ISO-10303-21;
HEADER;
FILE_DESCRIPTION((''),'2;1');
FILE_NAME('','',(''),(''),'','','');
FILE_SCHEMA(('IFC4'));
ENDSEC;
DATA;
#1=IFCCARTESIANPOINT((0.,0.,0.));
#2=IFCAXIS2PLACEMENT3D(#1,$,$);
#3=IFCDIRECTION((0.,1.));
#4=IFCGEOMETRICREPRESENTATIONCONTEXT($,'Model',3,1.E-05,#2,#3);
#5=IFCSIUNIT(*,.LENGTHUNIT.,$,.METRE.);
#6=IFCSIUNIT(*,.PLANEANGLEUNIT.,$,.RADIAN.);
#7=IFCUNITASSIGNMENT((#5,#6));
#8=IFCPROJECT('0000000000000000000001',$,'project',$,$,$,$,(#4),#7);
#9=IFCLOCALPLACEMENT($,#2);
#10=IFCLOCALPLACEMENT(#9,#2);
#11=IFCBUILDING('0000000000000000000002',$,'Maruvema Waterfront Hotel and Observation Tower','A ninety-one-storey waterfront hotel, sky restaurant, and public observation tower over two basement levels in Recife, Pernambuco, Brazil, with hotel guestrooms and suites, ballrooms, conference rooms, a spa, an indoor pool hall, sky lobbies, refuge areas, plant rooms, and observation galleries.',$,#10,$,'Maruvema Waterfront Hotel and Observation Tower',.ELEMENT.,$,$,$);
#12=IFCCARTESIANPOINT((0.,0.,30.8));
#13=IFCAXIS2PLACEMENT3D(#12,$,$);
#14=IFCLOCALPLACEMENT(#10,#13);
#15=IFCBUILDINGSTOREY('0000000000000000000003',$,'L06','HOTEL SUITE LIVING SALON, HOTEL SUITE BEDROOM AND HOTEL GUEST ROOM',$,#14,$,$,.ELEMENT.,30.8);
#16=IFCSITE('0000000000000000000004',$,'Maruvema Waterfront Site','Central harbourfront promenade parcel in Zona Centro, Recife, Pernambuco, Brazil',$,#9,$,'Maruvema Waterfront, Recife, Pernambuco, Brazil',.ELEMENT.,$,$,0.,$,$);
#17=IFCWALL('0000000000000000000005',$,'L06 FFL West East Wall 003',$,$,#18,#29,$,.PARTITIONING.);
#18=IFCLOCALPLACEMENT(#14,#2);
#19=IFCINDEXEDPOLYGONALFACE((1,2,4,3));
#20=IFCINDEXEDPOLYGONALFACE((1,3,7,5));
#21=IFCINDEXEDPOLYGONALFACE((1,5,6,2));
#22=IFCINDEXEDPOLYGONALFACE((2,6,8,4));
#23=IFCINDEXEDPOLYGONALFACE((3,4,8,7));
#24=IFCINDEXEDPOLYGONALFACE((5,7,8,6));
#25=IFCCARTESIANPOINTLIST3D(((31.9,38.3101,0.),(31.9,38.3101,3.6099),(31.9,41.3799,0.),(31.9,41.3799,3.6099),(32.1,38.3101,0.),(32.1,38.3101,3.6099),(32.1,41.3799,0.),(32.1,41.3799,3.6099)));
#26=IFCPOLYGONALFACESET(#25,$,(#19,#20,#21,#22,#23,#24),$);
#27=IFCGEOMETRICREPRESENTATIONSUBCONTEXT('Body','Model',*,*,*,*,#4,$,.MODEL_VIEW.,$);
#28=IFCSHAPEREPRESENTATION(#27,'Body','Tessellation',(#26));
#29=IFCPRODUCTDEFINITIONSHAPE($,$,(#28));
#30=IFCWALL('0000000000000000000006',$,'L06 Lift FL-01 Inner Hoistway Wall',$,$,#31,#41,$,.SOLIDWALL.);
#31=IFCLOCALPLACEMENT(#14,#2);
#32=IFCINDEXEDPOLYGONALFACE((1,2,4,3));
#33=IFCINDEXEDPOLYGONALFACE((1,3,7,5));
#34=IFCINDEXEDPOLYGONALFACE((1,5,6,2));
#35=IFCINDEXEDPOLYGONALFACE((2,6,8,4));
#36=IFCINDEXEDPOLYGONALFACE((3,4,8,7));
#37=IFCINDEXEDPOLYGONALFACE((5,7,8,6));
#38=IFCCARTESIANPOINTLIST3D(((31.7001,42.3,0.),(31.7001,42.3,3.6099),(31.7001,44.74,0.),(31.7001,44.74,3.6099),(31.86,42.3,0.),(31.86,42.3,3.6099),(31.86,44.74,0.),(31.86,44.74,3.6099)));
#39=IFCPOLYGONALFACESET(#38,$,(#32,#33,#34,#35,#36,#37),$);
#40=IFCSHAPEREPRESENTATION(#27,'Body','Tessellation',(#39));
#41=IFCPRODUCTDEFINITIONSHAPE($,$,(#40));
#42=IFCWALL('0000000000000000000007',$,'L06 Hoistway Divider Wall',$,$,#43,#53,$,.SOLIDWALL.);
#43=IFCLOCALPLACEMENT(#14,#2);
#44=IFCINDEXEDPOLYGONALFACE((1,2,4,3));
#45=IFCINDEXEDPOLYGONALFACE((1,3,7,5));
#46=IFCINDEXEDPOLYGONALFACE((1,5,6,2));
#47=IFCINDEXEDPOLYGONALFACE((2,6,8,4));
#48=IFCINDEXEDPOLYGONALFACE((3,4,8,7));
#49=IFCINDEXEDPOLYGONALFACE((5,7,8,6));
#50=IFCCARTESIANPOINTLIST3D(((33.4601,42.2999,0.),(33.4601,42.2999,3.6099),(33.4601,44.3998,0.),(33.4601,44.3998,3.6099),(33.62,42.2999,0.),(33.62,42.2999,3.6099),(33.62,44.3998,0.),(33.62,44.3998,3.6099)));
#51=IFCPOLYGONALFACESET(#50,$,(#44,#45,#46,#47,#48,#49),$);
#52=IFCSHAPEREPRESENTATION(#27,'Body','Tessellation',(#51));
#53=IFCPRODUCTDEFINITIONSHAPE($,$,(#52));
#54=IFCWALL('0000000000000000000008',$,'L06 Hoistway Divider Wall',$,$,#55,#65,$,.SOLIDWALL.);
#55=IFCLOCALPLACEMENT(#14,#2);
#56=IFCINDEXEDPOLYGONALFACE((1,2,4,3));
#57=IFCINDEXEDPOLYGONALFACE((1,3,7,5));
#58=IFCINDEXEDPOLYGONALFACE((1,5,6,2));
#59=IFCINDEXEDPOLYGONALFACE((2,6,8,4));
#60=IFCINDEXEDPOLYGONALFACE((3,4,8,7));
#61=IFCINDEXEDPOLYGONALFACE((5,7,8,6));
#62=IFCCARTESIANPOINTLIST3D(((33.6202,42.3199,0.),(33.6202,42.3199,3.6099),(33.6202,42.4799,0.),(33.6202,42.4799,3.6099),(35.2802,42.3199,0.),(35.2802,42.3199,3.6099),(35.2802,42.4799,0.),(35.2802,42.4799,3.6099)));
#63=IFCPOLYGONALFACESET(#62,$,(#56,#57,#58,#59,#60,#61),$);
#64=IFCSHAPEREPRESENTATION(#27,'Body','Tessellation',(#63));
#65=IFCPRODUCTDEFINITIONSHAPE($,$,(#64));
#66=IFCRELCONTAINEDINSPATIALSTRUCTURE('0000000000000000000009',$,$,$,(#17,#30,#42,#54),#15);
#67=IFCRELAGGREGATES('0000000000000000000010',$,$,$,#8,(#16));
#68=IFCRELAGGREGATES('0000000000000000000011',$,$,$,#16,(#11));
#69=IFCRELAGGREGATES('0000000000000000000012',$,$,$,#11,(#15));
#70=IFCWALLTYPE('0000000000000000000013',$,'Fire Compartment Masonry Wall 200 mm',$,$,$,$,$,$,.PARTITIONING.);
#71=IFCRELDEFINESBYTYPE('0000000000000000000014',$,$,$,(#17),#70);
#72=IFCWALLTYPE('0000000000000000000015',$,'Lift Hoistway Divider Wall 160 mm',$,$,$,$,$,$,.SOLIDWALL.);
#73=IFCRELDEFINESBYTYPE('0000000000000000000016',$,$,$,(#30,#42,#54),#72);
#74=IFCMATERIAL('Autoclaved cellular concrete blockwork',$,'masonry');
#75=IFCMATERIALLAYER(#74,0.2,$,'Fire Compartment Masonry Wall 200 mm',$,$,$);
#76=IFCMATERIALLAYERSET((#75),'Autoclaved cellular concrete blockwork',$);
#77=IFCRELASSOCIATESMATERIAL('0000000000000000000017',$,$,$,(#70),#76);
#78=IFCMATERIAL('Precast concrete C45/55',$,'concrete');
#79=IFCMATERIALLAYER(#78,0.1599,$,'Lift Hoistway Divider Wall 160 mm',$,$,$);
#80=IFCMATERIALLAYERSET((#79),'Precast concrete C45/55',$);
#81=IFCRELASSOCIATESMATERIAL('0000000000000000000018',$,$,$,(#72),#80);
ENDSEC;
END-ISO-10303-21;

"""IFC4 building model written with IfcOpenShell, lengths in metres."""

from ifc_helpers import new_model, si_unit, direction, frame, frame_2d, origin, place, context, subcontext, project, spatial, rectangle, extrude, material, layer, layer_set, type_object, element, save


model = new_model("IFC4")

# Units and contexts
model_context = context("Model", 3, precision=1e-05, world=origin(), true_north=direction((0.0, 1.0)))
body_context = subcontext(model_context, "Body", "Model", "MODEL_VIEW")
ifc_project = project(units=[si_unit("LENGTHUNIT", "METRE"), si_unit("PLANEANGLEUNIT", "RADIAN")], contexts=[model_context])

# Site, building, storey
site_placement = place(None, origin())
site = spatial("IfcSite", under=ifc_project, at=site_placement, Name="Maruvema Waterfront Site", Description="Central harbourfront promenade parcel in Zona Centro, Recife, Pernambuco, Brazil", LongName="Maruvema Waterfront, Recife, Pernambuco, Brazil", CompositionType="ELEMENT", RefElevation=0.0)
building_placement = place(site_placement, origin())
building = spatial("IfcBuilding", under=site, at=building_placement, Name="Maruvema Waterfront Hotel and Observation Tower", Description="A ninety-one-storey waterfront hotel, sky restaurant, and public observation tower over two basement levels in Recife, Pernambuco, Brazil, with hotel guestrooms and suites, ballrooms, conference rooms, a spa, an indoor pool hall, sky lobbies, refuge areas, plant rooms, and observation galleries.", LongName="Maruvema Waterfront Hotel and Observation Tower", CompositionType="ELEMENT")
storey_placement = place(building_placement, frame((0.0, 0.0, 30.8)))
storey = spatial("IfcBuildingStorey", under=building, at=storey_placement, Name="L06", Description="HOTEL SUITE LIVING SALON, HOTEL SUITE BEDROOM AND HOTEL GUEST ROOM", CompositionType="ELEMENT", Elevation=30.8)

# Walls
ifc_material_1 = material(Name="Autoclaved cellular concrete blockwork", Category="masonry")
ifc_layer_1 = layer(ifc_material_1, 0.2, Name="Fire Compartment Masonry Wall 200 mm")
ifc_layer_set_1 = layer_set([ifc_layer_1], Name="Autoclaved cellular concrete blockwork")
wall_type_1 = type_object("IfcWallType", Name="Fire Compartment Masonry Wall 200 mm", PredefinedType="PARTITIONING", material=ifc_layer_set_1)
for number, where, z_axis, x_axis, name in (
    (1, (32.0, 38.3101, 0.0), (0.0, 0.0, 1.0), (0.0, 1.0, 0.0), "L06 FFL West East Wall 003"),
):
    element("IfcWall", number, at=place(storey_placement, frame(where, z_axis=z_axis, x_axis=x_axis)), inside=storey, type_object=wall_type_1, Name=name, PredefinedType="PARTITIONING", context=body_context, shape_type="SweptSolid", body=[
        extrude(rectangle(XDim=3.0698, YDim=0.2, at=frame_2d((1.5349, 0.0))), origin(), (0.0, 0.0, 1.0), 3.6099),
    ])
ifc_material_2 = material(Name="Precast concrete C45/55", Category="concrete")
ifc_layer_2 = layer(ifc_material_2, 0.1599, Name="Lift Hoistway Divider Wall 160 mm")
ifc_layer_set_2 = layer_set([ifc_layer_2], Name="Precast concrete C45/55")
wall_type_2 = type_object("IfcWallType", Name="Lift Hoistway Divider Wall 160 mm", PredefinedType="SOLIDWALL", material=ifc_layer_set_2)
wall_1_placement = place(storey_placement, frame((31.78, 42.3, 0.0), z_axis=(0.0, 0.0, 1.0), x_axis=(0.0, 1.0, 0.0)))
element("IfcWall", 2, at=wall_1_placement, inside=storey, type_object=wall_type_2, Name="L06 Lift FL-01 Inner Hoistway Wall", PredefinedType="SOLIDWALL", context=body_context, shape_type="SweptSolid", body=[
    extrude(rectangle(XDim=2.4399, YDim=0.1599, at=frame_2d((1.22, 0.0))), origin(), (0.0, 0.0, 1.0), 3.6099),
])
wall_2_placement = place(storey_placement, frame((33.54, 42.3, 0.0), z_axis=(0.0, 0.0, 1.0), x_axis=(0.0, 1.0, 0.0)))
element("IfcWall", 3, at=wall_2_placement, inside=storey, type_object=wall_type_2, Name="L06 Hoistway Divider Wall", PredefinedType="SOLIDWALL", context=body_context, shape_type="SweptSolid", body=[
    extrude(rectangle(XDim=2.0999, YDim=0.1599, at=frame_2d((1.0498, 0.0))), origin(), (0.0, 0.0, 1.0), 3.6099),
])
wall_3_placement = place(storey_placement, frame((33.6201, 42.3999, 0.0), z_axis=(0.0, 0.0, 1.0), x_axis=(1.0, 0.0, 0.0)))
element("IfcWall", 4, at=wall_3_placement, inside=storey, type_object=wall_type_2, Name="L06 Hoistway Divider Wall", PredefinedType="SOLIDWALL", context=body_context, shape_type="SweptSolid", body=[
    extrude(rectangle(XDim=1.6599, YDim=0.1599, at=frame_2d((0.8301, 0.0))), origin(), (0.0, 0.0, 1.0), 3.6099),
])

save(model, "model.ifc")
